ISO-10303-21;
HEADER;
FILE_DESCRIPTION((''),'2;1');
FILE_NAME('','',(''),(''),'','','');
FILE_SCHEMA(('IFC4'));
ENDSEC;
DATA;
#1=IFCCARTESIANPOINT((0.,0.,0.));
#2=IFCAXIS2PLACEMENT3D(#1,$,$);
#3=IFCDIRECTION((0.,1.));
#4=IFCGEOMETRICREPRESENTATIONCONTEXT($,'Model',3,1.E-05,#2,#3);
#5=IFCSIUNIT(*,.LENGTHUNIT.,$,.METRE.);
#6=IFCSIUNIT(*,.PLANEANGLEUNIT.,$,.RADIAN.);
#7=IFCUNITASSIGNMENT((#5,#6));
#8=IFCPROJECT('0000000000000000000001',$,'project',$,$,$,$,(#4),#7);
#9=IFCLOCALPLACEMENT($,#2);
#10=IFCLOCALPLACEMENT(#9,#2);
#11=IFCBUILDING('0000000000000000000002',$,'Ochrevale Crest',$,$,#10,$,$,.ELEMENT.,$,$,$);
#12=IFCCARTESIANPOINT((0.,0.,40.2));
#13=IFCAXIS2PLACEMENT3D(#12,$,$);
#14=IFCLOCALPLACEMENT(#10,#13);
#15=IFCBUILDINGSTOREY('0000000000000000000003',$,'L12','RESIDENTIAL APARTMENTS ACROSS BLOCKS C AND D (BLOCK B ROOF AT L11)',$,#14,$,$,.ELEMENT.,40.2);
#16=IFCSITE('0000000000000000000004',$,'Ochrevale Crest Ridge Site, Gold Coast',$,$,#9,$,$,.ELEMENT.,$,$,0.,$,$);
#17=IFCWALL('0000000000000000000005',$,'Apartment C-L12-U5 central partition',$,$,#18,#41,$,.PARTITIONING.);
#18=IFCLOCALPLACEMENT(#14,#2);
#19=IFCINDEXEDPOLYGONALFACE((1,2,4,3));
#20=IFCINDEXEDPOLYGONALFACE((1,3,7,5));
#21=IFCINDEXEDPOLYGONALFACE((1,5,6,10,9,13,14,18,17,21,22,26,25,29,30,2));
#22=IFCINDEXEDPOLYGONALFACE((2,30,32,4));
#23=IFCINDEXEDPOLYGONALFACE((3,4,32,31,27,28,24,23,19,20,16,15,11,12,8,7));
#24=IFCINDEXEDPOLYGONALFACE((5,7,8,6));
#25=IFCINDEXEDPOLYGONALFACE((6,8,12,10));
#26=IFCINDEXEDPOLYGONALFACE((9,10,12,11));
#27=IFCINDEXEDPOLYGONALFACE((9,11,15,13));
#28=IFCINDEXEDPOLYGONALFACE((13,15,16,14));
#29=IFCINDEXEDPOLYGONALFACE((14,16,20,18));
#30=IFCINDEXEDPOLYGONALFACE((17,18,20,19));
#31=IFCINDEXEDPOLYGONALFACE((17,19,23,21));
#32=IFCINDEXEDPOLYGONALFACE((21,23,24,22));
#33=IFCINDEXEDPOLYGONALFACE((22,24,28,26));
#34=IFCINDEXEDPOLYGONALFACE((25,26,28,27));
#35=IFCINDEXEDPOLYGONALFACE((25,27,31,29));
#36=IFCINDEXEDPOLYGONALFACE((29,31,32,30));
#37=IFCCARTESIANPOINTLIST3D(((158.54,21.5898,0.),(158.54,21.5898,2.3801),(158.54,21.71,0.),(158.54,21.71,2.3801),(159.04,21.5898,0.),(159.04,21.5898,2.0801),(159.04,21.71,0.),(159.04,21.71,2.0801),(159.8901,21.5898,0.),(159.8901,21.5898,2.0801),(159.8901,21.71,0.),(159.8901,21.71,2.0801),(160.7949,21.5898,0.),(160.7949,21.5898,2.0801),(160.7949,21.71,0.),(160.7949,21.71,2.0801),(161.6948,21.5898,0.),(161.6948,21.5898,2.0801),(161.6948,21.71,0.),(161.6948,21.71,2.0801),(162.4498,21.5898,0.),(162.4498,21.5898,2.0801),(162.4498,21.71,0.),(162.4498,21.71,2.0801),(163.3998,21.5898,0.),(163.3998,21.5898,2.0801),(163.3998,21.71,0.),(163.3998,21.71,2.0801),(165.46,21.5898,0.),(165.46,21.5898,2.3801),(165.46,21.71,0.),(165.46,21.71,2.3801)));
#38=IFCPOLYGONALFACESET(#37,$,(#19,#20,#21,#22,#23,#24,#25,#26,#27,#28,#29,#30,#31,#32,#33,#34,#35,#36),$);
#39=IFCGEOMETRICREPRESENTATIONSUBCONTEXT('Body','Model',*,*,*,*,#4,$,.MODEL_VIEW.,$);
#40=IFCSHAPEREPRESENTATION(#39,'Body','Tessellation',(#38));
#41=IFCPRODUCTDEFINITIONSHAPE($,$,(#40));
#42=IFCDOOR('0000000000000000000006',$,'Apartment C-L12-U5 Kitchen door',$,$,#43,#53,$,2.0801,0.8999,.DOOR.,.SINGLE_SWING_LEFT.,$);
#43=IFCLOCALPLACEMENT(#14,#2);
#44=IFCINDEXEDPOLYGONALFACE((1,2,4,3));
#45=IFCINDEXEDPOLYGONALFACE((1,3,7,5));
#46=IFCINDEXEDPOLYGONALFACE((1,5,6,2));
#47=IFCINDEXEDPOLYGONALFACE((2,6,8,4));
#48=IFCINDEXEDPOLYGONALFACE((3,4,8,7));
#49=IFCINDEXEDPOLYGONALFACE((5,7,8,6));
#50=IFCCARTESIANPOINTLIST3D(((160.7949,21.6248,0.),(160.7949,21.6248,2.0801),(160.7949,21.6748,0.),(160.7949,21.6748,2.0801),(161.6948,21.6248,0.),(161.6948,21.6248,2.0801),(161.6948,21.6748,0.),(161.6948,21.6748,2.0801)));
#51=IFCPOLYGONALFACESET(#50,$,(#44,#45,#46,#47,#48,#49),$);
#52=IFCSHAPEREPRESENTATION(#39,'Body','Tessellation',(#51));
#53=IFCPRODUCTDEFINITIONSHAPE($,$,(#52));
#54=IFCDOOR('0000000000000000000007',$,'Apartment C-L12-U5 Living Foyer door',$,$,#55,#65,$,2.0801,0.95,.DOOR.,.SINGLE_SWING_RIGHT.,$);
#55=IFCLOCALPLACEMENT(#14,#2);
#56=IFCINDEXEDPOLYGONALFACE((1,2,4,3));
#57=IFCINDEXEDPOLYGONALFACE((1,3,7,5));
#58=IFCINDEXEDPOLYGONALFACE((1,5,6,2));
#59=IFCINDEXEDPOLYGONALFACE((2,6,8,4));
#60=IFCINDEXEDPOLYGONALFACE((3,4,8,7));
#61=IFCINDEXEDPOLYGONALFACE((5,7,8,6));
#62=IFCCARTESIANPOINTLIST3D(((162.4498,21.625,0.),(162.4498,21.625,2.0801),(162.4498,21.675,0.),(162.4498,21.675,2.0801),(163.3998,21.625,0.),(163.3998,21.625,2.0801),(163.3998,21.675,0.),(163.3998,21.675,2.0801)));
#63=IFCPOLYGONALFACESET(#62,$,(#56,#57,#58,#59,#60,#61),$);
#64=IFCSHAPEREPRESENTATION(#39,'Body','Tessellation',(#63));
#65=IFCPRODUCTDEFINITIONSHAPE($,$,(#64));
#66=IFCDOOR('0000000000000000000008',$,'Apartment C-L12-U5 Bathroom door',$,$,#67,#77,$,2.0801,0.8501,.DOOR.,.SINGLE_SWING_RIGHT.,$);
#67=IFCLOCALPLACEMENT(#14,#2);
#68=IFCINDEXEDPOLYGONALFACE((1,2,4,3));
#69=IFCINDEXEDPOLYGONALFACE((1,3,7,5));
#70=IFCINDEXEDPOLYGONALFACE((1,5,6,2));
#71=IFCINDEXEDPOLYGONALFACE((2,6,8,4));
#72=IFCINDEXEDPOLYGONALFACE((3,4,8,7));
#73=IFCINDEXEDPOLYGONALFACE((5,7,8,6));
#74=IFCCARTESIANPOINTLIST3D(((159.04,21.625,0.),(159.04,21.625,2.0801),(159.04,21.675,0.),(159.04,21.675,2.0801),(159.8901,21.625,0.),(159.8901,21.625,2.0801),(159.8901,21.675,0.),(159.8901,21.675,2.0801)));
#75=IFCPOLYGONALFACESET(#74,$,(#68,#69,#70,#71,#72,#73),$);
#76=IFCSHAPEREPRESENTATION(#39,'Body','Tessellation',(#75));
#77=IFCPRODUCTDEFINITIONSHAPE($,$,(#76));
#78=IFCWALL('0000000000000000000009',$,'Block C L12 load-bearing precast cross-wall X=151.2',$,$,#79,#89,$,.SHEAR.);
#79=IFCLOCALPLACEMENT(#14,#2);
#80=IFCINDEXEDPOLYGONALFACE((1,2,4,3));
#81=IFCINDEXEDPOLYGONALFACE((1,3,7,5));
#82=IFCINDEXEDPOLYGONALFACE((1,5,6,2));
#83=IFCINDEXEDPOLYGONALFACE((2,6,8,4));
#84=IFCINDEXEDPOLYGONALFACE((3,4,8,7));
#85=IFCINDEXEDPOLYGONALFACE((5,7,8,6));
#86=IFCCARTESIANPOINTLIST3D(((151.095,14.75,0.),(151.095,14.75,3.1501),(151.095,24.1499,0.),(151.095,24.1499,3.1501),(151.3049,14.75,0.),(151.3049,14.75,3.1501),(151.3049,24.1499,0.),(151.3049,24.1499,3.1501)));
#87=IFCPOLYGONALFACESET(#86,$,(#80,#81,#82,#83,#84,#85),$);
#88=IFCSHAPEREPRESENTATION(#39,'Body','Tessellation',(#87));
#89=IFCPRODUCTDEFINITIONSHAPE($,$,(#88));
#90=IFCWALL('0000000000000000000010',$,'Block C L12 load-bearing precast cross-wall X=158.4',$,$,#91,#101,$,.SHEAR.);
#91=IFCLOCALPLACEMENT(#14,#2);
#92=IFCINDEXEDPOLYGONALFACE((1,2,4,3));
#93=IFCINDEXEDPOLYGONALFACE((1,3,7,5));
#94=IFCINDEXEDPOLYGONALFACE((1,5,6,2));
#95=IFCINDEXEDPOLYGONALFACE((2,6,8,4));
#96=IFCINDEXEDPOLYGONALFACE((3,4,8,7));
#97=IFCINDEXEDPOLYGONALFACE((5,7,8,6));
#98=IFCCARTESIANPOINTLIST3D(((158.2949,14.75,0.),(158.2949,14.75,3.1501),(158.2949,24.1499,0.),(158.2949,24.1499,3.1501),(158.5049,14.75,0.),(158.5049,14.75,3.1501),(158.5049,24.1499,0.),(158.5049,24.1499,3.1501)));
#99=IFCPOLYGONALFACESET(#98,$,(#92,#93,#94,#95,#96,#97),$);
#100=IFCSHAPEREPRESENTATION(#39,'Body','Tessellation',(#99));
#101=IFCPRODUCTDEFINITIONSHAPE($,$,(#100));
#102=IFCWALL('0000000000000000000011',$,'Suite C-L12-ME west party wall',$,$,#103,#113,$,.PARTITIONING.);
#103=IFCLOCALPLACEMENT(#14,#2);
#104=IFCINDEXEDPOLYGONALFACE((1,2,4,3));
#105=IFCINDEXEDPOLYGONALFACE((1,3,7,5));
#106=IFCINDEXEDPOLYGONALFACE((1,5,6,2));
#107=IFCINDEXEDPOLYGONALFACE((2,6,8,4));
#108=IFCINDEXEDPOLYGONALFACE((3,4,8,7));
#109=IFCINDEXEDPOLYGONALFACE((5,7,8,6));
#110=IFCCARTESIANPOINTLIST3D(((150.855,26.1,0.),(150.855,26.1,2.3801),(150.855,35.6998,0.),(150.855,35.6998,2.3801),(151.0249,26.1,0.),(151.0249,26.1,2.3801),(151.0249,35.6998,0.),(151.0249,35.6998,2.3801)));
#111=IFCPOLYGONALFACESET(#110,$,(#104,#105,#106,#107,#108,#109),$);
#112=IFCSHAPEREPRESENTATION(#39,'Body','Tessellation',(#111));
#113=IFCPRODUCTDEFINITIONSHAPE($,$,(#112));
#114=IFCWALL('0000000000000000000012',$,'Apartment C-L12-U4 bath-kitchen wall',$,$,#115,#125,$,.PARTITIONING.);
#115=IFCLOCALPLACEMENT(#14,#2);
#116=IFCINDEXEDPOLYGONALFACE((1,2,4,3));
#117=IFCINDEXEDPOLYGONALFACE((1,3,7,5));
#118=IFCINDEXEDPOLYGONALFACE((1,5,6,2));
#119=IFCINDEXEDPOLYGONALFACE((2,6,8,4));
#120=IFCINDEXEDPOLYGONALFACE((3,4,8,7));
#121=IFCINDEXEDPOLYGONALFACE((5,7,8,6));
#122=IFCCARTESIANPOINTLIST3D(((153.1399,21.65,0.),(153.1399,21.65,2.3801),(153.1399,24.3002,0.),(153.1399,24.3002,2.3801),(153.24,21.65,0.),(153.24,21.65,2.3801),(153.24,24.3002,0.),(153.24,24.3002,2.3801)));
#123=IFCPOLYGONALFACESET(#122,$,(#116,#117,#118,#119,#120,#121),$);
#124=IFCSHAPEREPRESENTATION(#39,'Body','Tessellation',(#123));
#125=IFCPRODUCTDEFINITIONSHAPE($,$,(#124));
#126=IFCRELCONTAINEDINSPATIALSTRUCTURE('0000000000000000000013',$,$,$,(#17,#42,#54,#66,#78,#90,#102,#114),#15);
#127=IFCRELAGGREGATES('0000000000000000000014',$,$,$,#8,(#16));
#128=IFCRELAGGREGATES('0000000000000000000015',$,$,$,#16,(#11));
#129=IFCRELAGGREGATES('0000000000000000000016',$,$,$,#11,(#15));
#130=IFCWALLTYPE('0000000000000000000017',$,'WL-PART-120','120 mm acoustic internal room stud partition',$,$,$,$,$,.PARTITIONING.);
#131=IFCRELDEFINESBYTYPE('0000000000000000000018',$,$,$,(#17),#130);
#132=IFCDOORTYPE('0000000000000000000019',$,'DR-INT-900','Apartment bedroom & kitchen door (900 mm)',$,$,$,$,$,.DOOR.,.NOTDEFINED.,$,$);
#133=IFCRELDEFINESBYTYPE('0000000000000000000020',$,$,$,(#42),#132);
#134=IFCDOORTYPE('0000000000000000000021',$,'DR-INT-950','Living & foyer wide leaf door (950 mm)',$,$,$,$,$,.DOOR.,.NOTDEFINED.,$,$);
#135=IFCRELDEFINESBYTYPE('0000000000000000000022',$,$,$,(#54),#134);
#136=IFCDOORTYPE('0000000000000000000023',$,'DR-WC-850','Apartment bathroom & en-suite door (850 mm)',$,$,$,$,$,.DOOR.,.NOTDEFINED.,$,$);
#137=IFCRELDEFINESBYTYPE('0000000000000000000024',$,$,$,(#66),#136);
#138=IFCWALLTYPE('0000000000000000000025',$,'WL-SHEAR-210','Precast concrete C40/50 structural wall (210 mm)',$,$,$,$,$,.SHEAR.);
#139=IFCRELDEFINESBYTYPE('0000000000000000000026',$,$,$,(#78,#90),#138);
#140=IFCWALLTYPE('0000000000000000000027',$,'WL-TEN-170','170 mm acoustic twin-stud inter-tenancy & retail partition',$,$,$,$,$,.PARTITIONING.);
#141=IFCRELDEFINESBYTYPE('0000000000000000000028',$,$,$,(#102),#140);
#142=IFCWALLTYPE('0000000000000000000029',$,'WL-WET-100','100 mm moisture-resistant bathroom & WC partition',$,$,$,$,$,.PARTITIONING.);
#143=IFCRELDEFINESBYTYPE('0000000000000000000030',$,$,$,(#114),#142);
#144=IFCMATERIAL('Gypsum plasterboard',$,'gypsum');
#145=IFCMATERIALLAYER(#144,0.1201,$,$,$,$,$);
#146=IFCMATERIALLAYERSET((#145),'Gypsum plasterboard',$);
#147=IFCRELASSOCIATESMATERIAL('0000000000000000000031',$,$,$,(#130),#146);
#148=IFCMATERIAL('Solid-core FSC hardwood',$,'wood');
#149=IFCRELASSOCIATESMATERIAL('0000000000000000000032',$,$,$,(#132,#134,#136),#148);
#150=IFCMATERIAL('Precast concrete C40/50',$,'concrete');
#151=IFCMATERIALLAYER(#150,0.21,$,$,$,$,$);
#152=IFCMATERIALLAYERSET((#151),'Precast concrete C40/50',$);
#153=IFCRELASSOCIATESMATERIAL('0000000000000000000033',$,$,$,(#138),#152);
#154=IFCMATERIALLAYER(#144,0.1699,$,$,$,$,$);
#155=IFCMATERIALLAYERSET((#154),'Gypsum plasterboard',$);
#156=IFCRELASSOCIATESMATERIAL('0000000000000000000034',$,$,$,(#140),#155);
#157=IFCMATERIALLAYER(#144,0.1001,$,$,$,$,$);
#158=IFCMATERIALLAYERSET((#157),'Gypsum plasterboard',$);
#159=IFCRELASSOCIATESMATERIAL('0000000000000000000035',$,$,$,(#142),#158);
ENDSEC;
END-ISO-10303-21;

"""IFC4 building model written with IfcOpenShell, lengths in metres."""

from ifc_helpers import new_model, si_unit, direction, frame, frame_2d, origin, place, context, subcontext, project, spatial, rectangle, extrude, material, layer, layer_set, type_object, element, fill, save


model = new_model("IFC4")

# Units and contexts
model_context = context("Model", 3, precision=1e-05, world=origin(), true_north=direction((0.0, 1.0)))
body_context = subcontext(model_context, "Body", "Model", "MODEL_VIEW")
ifc_project = project(units=[si_unit("LENGTHUNIT", "METRE"), si_unit("PLANEANGLEUNIT", "RADIAN")], contexts=[model_context])

# Site, building, storey
site_placement = place(None, origin())
site = spatial("IfcSite", under=ifc_project, at=site_placement, Name="Ochrevale Crest Ridge Site, Gold Coast", CompositionType="ELEMENT", RefElevation=0.0)
building_placement = place(site_placement, origin())
building = spatial("IfcBuilding", under=site, at=building_placement, Name="Ochrevale Crest", CompositionType="ELEMENT")
storey_placement = place(building_placement, frame((0.0, 0.0, 40.2)))
storey = spatial("IfcBuildingStorey", under=building, at=storey_placement, Name="L12", Description="RESIDENTIAL APARTMENTS ACROSS BLOCKS C AND D (BLOCK B ROOF AT L11)", CompositionType="ELEMENT", Elevation=40.2)

# Shared definitions
ifc_material_1 = material(Name="Precast concrete C40/50", Category="concrete")

# Shared definitions
ifc_material_2 = material(Name="Gypsum plasterboard", Category="gypsum")
ifc_material_3 = material(Name="Solid-core FSC hardwood", Category="wood")

# Shared definitions
ifc_layer_1 = layer(ifc_material_2, 0.1201)
ifc_layer_set_1 = layer_set([ifc_layer_1], Name="Gypsum plasterboard")
wall_type_1 = type_object("IfcWallType", Name="WL-PART-120", Description="120 mm acoustic internal room stud partition", PredefinedType="PARTITIONING", material=ifc_layer_set_1)

# Shared definitions
door_type_1 = type_object("IfcDoorType", Name="DR-INT-900", Description="Apartment bedroom & kitchen door (900 mm)", OperationType="NOTDEFINED", PredefinedType="DOOR", material=ifc_material_3)

# Shared definitions
door_type_2 = type_object("IfcDoorType", Name="DR-INT-950", Description="Living & foyer wide leaf door (950 mm)", OperationType="NOTDEFINED", PredefinedType="DOOR", material=ifc_material_3)
door_type_3 = type_object("IfcDoorType", Name="DR-WC-850", Description="Apartment bathroom & en-suite door (850 mm)", OperationType="NOTDEFINED", PredefinedType="DOOR", material=ifc_material_3)

# Wall, openings, doors
wall_1_placement = place(storey_placement, frame((158.54, 21.6499, 0.0), z_axis=(0.0, 0.0, 1.0), x_axis=(1.0, 0.0, 0.0)))
wall_1 = element("IfcWall", 1, at=wall_1_placement, inside=storey, type_object=wall_type_1, Name="Apartment C-L12-U5 central partition", PredefinedType="PARTITIONING", context=body_context, shape_type="SweptSolid", body=[
    extrude(rectangle(XDim=6.9199, YDim=0.1201, at=frame_2d((3.46, 0.0))), origin(), (0.0, 0.0, 1.0), 2.3801),
])
opening_1_placement = place(wall_1_placement, frame((1.3501, 0.0, 0.0), z_axis=(0.0, 0.0, 1.0), x_axis=(-1.0, 0.0, 0.0)))
opening_1 = element("IfcOpeningElement", 2, at=opening_1_placement, cuts=wall_1, PredefinedType="OPENING", context=body_context, shape_type="SweptSolid", body=[
    extrude(rectangle(XDim=0.8501, YDim=2.0801, at=frame_2d((0.425, 1.04))), frame((0.0, 0.0701, 0.0), z_axis=(0.0, -1.0, 0.0), x_axis=(1.0, 0.0, 0.0)), (0.0, 0.0, 1.0), 0.1401),
])
opening_2_placement = place(wall_1_placement, frame((2.2549, 0.0, 0.0)))
opening_2 = element("IfcOpeningElement", 3, at=opening_2_placement, cuts=wall_1, PredefinedType="OPENING", context=body_context, shape_type="SweptSolid", body=[
    extrude(rectangle(XDim=0.8999, YDim=2.0801, at=frame_2d((0.45, 1.04))), frame((0.0, 0.0701, 0.0), z_axis=(0.0, -1.0, 0.0), x_axis=(1.0, 0.0, 0.0)), (0.0, 0.0, 1.0), 0.1401),
])
opening_3_placement = place(wall_1_placement, frame((4.8599, 0.0, 0.0), z_axis=(0.0, 0.0, 1.0), x_axis=(-1.0, 0.0, 0.0)))
opening_3 = element("IfcOpeningElement", 4, at=opening_3_placement, cuts=wall_1, PredefinedType="OPENING", context=body_context, shape_type="SweptSolid", body=[
    extrude(rectangle(XDim=0.95, YDim=2.0801, at=frame_2d((0.4751, 1.04))), frame((0.0, 0.0701, 0.0), z_axis=(0.0, -1.0, 0.0), x_axis=(1.0, 0.0, 0.0)), (0.0, 0.0, 1.0), 0.1401),
])
door_1_placement = place(opening_2_placement, origin())
door_1 = element("IfcDoor", 5, at=door_1_placement, inside=storey, type_object=door_type_1, Name="Apartment C-L12-U5 Kitchen door", OperationType="SINGLE_SWING_LEFT", OverallHeight=2.0801, OverallWidth=0.8999, PredefinedType="DOOR", context=body_context, shape_type="SweptSolid", body=[
    extrude(rectangle(XDim=0.8999, YDim=2.0801, at=frame_2d((0.45, 1.04))), frame((0.0, 0.0249, 0.0), z_axis=(0.0, -1.0, 0.0), x_axis=(1.0, 0.0, 0.0)), (0.0, 0.0, 1.0), 0.05),
])
fill(opening_2, door_1)
door_2_placement = place(opening_3_placement, origin())
door_2 = element("IfcDoor", 6, at=door_2_placement, inside=storey, type_object=door_type_2, Name="Apartment C-L12-U5 Living Foyer door", OperationType="SINGLE_SWING_RIGHT", OverallHeight=2.0801, OverallWidth=0.95, PredefinedType="DOOR", context=body_context, shape_type="SweptSolid", body=[
    extrude(rectangle(XDim=0.95, YDim=2.0801, at=frame_2d((0.4751, 1.04))), frame((0.0, 0.0249, 0.0), z_axis=(0.0, -1.0, 0.0), x_axis=(1.0, 0.0, 0.0)), (0.0, 0.0, 1.0), 0.05),
])
fill(opening_3, door_2)
door_3_placement = place(opening_1_placement, origin())
door_3 = element("IfcDoor", 7, at=door_3_placement, inside=storey, type_object=door_type_3, Name="Apartment C-L12-U5 Bathroom door", OperationType="SINGLE_SWING_RIGHT", OverallHeight=2.0801, OverallWidth=0.8501, PredefinedType="DOOR", context=body_context, shape_type="SweptSolid", body=[
    extrude(rectangle(XDim=0.8501, YDim=2.0801, at=frame_2d((0.425, 1.04))), frame((0.0, 0.0249, 0.0), z_axis=(0.0, -1.0, 0.0), x_axis=(1.0, 0.0, 0.0)), (0.0, 0.0, 1.0), 0.05),
])
fill(opening_1, door_3)

# Walls
ifc_layer_2 = layer(ifc_material_1, 0.21)
ifc_layer_set_2 = layer_set([ifc_layer_2], Name="Precast concrete C40/50")
wall_type_2 = type_object("IfcWallType", Name="WL-SHEAR-210", Description="Precast concrete C40/50 structural wall (210 mm)", PredefinedType="SHEAR", material=ifc_layer_set_2)
for number, where, z_axis, x_axis, name in (
    (8, (151.2, 14.75, 0.0), (0.0, 0.0, 1.0), (0.0, 1.0, 0.0), "Block C L12 load-bearing precast cross-wall X=151.2"),
    (9, (158.3999, 14.75, 0.0), (0.0, 0.0, 1.0), (0.0, 1.0, 0.0), "Block C L12 load-bearing precast cross-wall X=158.4"),
):
    element("IfcWall", number, at=place(storey_placement, frame(where, z_axis=z_axis, x_axis=x_axis)), inside=storey, type_object=wall_type_2, Name=name, PredefinedType="SHEAR", context=body_context, shape_type="SweptSolid", body=[
        extrude(rectangle(XDim=9.3999, YDim=0.21, at=frame_2d((4.7, 0.0))), origin(), (0.0, 0.0, 1.0), 3.1501),
    ])
ifc_layer_3 = layer(ifc_material_2, 0.1699)
ifc_layer_set_3 = layer_set([ifc_layer_3], Name="Gypsum plasterboard")
wall_type_3 = type_object("IfcWallType", Name="WL-TEN-170", Description="170 mm acoustic twin-stud inter-tenancy & retail partition", PredefinedType="PARTITIONING", material=ifc_layer_set_3)
wall_2_placement = place(storey_placement, frame((150.9399, 26.1001, 0.0), z_axis=(0.0, 0.0, 1.0), x_axis=(0.0, 1.0, 0.0)))
element("IfcWall", 10, at=wall_2_placement, inside=storey, type_object=wall_type_3, Name="Suite C-L12-ME west party wall", PredefinedType="PARTITIONING", context=body_context, shape_type="SweptSolid", body=[
    extrude(rectangle(XDim=9.5999, YDim=0.1699, at=frame_2d((4.7998, 0.0))), origin(), (0.0, 0.0, 1.0), 2.3801),
])
ifc_layer_4 = layer(ifc_material_2, 0.1001)
ifc_layer_set_4 = layer_set([ifc_layer_4], Name="Gypsum plasterboard")
wall_type_4 = type_object("IfcWallType", Name="WL-WET-100", Description="100 mm moisture-resistant bathroom & WC partition", PredefinedType="PARTITIONING", material=ifc_layer_set_4)
wall_3_placement = place(storey_placement, frame((153.1899, 21.6499, 0.0), z_axis=(0.0, 0.0, 1.0), x_axis=(0.0, 1.0, 0.0)))
element("IfcWall", 11, at=wall_3_placement, inside=storey, type_object=wall_type_4, Name="Apartment C-L12-U4 bath-kitchen wall", PredefinedType="PARTITIONING", context=body_context, shape_type="SweptSolid", body=[
    extrude(rectangle(XDim=2.6501, YDim=0.1001, at=frame_2d((1.3252, 0.0))), origin(), (0.0, 0.0, 1.0), 2.3801),
])

save(model, "model.ifc")
